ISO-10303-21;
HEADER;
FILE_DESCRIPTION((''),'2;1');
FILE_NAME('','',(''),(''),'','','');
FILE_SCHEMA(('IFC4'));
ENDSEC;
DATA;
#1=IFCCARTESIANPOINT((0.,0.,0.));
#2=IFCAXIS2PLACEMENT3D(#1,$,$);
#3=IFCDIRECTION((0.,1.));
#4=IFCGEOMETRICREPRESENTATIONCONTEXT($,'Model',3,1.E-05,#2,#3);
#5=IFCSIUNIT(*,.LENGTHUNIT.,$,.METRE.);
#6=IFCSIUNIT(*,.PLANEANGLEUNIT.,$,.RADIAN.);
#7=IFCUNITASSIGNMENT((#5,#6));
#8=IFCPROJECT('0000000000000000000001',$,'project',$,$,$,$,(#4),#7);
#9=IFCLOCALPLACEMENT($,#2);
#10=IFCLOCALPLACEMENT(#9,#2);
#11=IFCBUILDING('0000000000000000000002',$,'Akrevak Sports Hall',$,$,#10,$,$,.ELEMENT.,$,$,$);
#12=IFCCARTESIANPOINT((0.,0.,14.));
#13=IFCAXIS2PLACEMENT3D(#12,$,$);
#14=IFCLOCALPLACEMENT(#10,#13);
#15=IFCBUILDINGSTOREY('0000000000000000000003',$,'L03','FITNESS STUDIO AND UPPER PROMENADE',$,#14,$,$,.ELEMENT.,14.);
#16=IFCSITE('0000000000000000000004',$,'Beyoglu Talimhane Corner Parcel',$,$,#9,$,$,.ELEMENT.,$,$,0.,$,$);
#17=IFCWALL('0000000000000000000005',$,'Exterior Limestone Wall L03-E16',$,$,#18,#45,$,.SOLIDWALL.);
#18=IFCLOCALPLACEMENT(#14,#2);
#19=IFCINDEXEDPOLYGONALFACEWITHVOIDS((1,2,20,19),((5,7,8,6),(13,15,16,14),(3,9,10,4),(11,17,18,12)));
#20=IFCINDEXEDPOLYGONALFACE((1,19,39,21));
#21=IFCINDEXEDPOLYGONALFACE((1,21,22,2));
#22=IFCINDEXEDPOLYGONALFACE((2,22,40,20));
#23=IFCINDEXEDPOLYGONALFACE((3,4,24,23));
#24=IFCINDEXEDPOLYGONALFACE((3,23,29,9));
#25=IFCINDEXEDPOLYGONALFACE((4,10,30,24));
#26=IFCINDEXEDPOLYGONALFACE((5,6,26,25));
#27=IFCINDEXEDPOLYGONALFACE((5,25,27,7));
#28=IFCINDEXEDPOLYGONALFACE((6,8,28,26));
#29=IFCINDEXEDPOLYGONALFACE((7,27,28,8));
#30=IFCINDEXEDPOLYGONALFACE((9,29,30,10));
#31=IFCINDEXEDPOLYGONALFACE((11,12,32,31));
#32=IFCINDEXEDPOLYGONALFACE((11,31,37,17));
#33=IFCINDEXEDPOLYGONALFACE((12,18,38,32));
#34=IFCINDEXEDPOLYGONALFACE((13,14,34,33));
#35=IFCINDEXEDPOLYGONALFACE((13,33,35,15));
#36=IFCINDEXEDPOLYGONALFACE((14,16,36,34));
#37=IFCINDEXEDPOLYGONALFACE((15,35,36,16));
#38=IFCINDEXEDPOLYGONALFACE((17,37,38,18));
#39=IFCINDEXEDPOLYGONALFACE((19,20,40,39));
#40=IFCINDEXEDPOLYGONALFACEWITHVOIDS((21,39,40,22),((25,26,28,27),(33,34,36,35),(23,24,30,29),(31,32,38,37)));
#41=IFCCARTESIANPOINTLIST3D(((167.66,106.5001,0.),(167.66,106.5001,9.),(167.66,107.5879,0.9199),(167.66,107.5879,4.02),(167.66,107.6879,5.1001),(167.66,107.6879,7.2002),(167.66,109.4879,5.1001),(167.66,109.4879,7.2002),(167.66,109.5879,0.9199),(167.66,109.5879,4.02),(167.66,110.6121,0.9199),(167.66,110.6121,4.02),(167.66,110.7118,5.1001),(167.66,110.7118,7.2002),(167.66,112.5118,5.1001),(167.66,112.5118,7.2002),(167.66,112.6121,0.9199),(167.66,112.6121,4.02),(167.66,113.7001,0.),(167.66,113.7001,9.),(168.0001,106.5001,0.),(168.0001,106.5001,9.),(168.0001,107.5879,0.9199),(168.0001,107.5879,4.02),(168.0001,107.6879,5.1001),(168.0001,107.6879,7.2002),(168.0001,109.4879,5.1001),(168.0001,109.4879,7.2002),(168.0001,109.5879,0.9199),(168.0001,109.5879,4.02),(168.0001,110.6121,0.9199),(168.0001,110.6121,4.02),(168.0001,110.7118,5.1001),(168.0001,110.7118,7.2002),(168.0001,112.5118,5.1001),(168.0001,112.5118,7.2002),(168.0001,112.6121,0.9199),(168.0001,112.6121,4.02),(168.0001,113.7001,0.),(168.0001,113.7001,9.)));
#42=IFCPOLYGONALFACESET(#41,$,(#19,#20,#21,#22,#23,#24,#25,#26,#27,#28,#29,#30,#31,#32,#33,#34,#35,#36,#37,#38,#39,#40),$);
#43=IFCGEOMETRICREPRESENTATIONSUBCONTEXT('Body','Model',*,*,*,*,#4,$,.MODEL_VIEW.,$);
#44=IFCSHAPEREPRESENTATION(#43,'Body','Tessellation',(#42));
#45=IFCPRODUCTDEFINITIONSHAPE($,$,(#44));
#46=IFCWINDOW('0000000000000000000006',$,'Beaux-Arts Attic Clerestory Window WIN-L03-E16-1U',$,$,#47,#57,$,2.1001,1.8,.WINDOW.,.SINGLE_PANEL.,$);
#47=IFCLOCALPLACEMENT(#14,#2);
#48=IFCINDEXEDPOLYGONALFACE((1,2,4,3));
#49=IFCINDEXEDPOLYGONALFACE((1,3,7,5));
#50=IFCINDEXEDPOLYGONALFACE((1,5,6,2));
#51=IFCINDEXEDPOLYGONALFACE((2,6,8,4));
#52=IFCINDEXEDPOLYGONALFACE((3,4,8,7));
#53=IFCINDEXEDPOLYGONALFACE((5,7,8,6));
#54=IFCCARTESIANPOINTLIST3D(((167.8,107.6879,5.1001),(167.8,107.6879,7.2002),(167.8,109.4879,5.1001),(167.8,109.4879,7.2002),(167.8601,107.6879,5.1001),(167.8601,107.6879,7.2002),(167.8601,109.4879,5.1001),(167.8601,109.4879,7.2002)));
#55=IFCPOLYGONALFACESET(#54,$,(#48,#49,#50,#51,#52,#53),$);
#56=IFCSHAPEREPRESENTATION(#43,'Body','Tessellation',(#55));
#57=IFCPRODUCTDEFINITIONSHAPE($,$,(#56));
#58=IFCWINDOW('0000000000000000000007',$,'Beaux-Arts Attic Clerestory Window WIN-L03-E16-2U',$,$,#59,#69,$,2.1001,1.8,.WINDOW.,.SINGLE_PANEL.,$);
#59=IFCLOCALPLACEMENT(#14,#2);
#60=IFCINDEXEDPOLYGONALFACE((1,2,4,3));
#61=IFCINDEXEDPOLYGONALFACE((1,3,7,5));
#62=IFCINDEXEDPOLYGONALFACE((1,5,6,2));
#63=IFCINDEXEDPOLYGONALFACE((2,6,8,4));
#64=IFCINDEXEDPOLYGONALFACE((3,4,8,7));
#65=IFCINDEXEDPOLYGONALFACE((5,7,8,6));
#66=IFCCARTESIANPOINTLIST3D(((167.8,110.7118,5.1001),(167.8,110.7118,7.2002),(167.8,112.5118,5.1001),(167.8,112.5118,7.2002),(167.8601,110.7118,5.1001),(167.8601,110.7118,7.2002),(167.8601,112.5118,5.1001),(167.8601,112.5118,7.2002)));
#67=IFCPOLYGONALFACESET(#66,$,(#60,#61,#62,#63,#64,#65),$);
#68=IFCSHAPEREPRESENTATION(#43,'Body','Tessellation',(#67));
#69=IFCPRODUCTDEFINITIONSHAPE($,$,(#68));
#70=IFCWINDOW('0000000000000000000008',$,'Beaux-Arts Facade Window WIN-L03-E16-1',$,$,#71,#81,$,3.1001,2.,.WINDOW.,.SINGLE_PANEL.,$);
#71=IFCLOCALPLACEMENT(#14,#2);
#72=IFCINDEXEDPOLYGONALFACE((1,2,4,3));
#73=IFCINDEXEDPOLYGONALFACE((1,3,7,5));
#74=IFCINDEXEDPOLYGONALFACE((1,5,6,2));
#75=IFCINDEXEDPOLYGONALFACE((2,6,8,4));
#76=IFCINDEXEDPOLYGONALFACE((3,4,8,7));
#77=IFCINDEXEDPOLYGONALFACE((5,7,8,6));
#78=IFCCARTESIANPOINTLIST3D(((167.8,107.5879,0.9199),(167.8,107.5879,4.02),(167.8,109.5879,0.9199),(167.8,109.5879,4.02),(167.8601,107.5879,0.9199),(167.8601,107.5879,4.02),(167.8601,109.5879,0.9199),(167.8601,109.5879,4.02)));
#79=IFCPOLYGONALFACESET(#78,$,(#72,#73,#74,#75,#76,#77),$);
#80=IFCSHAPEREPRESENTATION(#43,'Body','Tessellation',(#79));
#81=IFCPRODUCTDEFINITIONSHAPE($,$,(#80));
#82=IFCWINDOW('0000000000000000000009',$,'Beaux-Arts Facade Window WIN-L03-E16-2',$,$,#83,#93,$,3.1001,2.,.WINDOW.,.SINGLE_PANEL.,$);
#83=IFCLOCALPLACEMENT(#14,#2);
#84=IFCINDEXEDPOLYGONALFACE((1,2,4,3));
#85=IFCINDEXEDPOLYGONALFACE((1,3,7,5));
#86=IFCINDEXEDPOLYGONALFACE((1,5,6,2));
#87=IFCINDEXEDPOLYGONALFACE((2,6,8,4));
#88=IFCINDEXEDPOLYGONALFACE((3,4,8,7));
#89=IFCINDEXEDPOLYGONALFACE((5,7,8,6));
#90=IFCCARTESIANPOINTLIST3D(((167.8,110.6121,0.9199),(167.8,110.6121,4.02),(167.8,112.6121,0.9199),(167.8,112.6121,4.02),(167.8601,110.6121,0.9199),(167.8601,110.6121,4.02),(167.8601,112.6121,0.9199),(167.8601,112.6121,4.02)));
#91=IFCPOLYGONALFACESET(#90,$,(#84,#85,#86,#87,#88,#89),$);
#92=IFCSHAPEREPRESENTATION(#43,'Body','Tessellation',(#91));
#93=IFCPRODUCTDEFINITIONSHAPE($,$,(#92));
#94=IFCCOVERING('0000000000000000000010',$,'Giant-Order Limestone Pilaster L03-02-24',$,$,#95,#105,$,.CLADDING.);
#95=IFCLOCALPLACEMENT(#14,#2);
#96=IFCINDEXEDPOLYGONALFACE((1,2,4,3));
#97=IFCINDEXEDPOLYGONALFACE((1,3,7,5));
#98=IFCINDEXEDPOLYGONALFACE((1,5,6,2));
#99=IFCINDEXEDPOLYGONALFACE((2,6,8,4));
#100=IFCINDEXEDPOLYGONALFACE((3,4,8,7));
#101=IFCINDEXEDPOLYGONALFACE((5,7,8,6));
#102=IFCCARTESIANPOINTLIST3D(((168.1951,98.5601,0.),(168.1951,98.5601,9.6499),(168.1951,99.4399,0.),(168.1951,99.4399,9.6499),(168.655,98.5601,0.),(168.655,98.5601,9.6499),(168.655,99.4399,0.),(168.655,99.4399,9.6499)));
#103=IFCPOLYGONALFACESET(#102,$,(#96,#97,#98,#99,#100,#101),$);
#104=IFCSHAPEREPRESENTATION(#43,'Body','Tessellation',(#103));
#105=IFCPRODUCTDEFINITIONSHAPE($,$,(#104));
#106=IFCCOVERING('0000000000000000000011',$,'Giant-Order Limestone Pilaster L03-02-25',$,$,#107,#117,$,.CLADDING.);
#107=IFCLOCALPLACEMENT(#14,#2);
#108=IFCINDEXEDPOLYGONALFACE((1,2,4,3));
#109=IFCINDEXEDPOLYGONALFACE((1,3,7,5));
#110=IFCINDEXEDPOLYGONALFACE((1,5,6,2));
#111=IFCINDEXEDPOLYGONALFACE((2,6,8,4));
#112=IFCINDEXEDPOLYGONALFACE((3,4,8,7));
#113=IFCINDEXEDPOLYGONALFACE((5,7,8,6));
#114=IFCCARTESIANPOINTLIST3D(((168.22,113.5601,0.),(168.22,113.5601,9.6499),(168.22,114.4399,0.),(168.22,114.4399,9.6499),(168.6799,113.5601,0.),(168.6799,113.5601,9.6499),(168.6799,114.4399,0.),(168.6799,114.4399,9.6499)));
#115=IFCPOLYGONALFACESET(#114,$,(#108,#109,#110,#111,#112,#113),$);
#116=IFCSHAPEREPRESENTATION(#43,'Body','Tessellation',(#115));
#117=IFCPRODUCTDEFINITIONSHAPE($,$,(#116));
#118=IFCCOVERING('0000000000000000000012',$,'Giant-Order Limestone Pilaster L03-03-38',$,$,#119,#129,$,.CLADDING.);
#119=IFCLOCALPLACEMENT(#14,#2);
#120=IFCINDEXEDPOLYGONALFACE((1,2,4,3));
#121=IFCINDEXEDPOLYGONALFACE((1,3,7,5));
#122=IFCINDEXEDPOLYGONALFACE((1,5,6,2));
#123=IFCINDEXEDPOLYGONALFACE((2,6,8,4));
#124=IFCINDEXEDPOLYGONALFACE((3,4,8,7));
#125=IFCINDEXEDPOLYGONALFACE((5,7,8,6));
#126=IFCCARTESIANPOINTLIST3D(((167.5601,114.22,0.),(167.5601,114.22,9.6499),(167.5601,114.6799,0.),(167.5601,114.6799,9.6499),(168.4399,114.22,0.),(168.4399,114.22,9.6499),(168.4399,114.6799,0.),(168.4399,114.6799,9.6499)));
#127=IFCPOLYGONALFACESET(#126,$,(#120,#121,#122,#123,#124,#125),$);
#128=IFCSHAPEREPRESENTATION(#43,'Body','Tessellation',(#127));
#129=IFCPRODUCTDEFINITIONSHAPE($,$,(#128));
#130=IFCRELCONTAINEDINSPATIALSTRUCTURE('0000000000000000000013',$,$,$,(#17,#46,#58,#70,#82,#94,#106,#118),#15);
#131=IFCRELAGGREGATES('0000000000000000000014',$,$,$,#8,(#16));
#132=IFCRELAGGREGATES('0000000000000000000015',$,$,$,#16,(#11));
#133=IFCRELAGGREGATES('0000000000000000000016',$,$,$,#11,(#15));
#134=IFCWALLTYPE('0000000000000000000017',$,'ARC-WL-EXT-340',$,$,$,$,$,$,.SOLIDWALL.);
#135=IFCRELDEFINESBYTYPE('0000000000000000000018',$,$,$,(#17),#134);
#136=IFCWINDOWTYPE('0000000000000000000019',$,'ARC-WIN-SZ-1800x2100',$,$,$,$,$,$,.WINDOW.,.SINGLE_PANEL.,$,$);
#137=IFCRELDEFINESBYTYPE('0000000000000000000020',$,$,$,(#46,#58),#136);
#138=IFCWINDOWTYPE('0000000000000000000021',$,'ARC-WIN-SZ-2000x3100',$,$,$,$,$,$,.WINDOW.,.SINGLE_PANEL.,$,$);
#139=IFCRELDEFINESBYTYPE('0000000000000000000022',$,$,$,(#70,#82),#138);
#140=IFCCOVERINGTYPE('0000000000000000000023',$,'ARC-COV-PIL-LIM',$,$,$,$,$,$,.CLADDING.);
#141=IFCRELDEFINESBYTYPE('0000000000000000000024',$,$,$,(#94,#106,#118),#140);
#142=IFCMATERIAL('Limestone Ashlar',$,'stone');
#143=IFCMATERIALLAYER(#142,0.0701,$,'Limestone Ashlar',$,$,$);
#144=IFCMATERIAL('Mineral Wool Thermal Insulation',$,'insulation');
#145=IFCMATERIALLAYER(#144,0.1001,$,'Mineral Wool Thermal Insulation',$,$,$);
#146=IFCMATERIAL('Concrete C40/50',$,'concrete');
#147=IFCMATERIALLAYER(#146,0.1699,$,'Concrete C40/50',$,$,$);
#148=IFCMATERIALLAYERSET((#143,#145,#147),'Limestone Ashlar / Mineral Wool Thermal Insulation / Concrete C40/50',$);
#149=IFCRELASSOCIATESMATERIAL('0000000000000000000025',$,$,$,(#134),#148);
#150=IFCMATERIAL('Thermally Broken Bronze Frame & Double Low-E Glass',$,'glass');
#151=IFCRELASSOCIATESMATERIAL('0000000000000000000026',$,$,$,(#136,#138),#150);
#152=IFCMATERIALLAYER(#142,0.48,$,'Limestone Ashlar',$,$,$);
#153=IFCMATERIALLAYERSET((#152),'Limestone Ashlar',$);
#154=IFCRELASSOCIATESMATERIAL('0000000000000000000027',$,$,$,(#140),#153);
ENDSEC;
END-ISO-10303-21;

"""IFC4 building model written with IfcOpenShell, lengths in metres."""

from ifc_helpers import new_model, si_unit, direction, frame, frame_2d, origin, origin_2d, place, context, subcontext, project, spatial, rectangle, extrude, material, layer, layer_set, type_object, element, fill, save


model = new_model("IFC4")

# Units and contexts
model_context = context("Model", 3, precision=1e-05, world=origin(), true_north=direction((0.0, 1.0)))
body_context = subcontext(model_context, "Body", "Model", "MODEL_VIEW")
ifc_project = project(units=[si_unit("LENGTHUNIT", "METRE"), si_unit("PLANEANGLEUNIT", "RADIAN")], contexts=[model_context])

# Site, building, storey
site_placement = place(None, origin())
site = spatial("IfcSite", under=ifc_project, at=site_placement, Name="Beyoglu Talimhane Corner Parcel", CompositionType="ELEMENT", RefElevation=0.0)
building_placement = place(site_placement, origin())
building = spatial("IfcBuilding", under=site, at=building_placement, Name="Akrevak Sports Hall", CompositionType="ELEMENT")
storey_placement = place(building_placement, frame((0.0, 0.0, 14.0)))
storey = spatial("IfcBuildingStorey", under=building, at=storey_placement, Name="L03", Description="FITNESS STUDIO AND UPPER PROMENADE", CompositionType="ELEMENT", Elevation=14.0)

# Shared definitions
ifc_material_1 = material(Name="Concrete C40/50", Category="concrete")

# Wall, openings, windows
ifc_material_2 = material(Name="Limestone Ashlar", Category="stone")
ifc_layer_1 = layer(ifc_material_2, 0.0701, Name="Limestone Ashlar")
ifc_material_3 = material(Name="Mineral Wool Thermal Insulation", Category="insulation")
ifc_layer_2 = layer(ifc_material_3, 0.1001, Name="Mineral Wool Thermal Insulation")
ifc_layer_3 = layer(ifc_material_1, 0.1699, Name="Concrete C40/50")
ifc_layer_set_1 = layer_set([ifc_layer_1, ifc_layer_2, ifc_layer_3], Name="Limestone Ashlar / Mineral Wool Thermal Insulation / Concrete C40/50")
wall_type = type_object("IfcWallType", Name="ARC-WL-EXT-340", PredefinedType="SOLIDWALL", material=ifc_layer_set_1)
ifc_material_4 = material(Name="Thermally Broken Bronze Frame & Double Low-E Glass", Category="glass")
window_type_1 = type_object("IfcWindowType", Name="ARC-WIN-SZ-1800x2100", PartitioningType="SINGLE_PANEL", PredefinedType="WINDOW", material=ifc_material_4)
window_type_2 = type_object("IfcWindowType", Name="ARC-WIN-SZ-2000x3100", PartitioningType="SINGLE_PANEL", PredefinedType="WINDOW", material=ifc_material_4)
wall_1_placement = place(storey_placement, frame((167.8301, 106.5, 0.0), z_axis=(0.0, 0.0, 1.0), x_axis=(0.0, 1.0, 0.0)))
wall_1 = element("IfcWall", 1, at=wall_1_placement, inside=storey, type_object=wall_type, Name="Exterior Limestone Wall L03-E16", PredefinedType="SOLIDWALL", context=body_context, shape_type="SweptSolid", body=[
    extrude(rectangle(XDim=7.2, YDim=0.3401, at=frame_2d((3.6001, 0.0))), origin(), (0.0, 0.0, 1.0), 9.0),
])
opening_1_placement = place(wall_1_placement, frame((1.0879, 0.0, 0.9199)))
opening_1 = element("IfcOpeningElement", 2, at=opening_1_placement, cuts=wall_1, PredefinedType="OPENING", context=body_context, shape_type="SweptSolid", body=[
    extrude(rectangle(XDim=2.0, YDim=3.1001, at=frame_2d((1.0, 1.55))), frame((0.0, 0.1821, 0.0), z_axis=(0.0, -1.0, 0.0), x_axis=(1.0, 0.0, 0.0)), (0.0, 0.0, 1.0), 0.364),
])
opening_2_placement = place(wall_1_placement, frame((1.188, 0.0, 5.1001)))
opening_2 = element("IfcOpeningElement", 3, at=opening_2_placement, cuts=wall_1, PredefinedType="OPENING", context=body_context, shape_type="SweptSolid", body=[
    extrude(rectangle(XDim=1.8, YDim=2.1001, at=frame_2d((0.8999, 1.05))), frame((0.0, 0.1821, 0.0), z_axis=(0.0, -1.0, 0.0), x_axis=(1.0, 0.0, 0.0)), (0.0, 0.0, 1.0), 0.364),
])
opening_3_placement = place(wall_1_placement, frame((4.1121, 0.0, 0.9199)))
opening_3 = element("IfcOpeningElement", 4, at=opening_3_placement, cuts=wall_1, PredefinedType="OPENING", context=body_context, shape_type="SweptSolid", body=[
    extrude(rectangle(XDim=2.0, YDim=3.1001, at=frame_2d((1.0, 1.55))), frame((0.0, 0.1821, 0.0), z_axis=(0.0, -1.0, 0.0), x_axis=(1.0, 0.0, 0.0)), (0.0, 0.0, 1.0), 0.364),
])
opening_4_placement = place(wall_1_placement, frame((4.2119, 0.0, 5.1001)))
opening_4 = element("IfcOpeningElement", 5, at=opening_4_placement, cuts=wall_1, PredefinedType="OPENING", context=body_context, shape_type="SweptSolid", body=[
    extrude(rectangle(XDim=1.8, YDim=2.1001, at=frame_2d((0.8999, 1.05))), frame((0.0, 0.1821, 0.0), z_axis=(0.0, -1.0, 0.0), x_axis=(1.0, 0.0, 0.0)), (0.0, 0.0, 1.0), 0.364),
])
window_1_placement = place(opening_2_placement, origin())
window_1 = element("IfcWindow", 6, at=window_1_placement, inside=storey, type_object=window_type_1, Name="Beaux-Arts Attic Clerestory Window WIN-L03-E16-1U", OverallHeight=2.1001, OverallWidth=1.8, PartitioningType="SINGLE_PANEL", PredefinedType="WINDOW", context=body_context, shape_type="SweptSolid", body=[
    extrude(rectangle(XDim=1.8, YDim=2.1001, at=frame_2d((0.8999, 1.05))), frame((0.0, 0.03, 0.0), z_axis=(0.0, -1.0, 0.0), x_axis=(1.0, 0.0, 0.0)), (0.0, 0.0, 1.0), 0.0601),
])
fill(opening_2, window_1)
window_2_placement = place(opening_4_placement, origin())
window_2 = element("IfcWindow", 7, at=window_2_placement, inside=storey, type_object=window_type_1, Name="Beaux-Arts Attic Clerestory Window WIN-L03-E16-2U", OverallHeight=2.1001, OverallWidth=1.8, PartitioningType="SINGLE_PANEL", PredefinedType="WINDOW", context=body_context, shape_type="SweptSolid", body=[
    extrude(rectangle(XDim=1.8, YDim=2.1001, at=frame_2d((0.8999, 1.05))), frame((0.0, 0.03, 0.0), z_axis=(0.0, -1.0, 0.0), x_axis=(1.0, 0.0, 0.0)), (0.0, 0.0, 1.0), 0.0601),
])
fill(opening_4, window_2)
window_3_placement = place(opening_1_placement, origin())
window_3 = element("IfcWindow", 8, at=window_3_placement, inside=storey, type_object=window_type_2, Name="Beaux-Arts Facade Window WIN-L03-E16-1", OverallHeight=3.1001, OverallWidth=2.0, PartitioningType="SINGLE_PANEL", PredefinedType="WINDOW", context=body_context, shape_type="SweptSolid", body=[
    extrude(rectangle(XDim=2.0, YDim=3.1001, at=frame_2d((1.0, 1.55))), frame((0.0, 0.03, 0.0), z_axis=(0.0, -1.0, 0.0), x_axis=(1.0, 0.0, 0.0)), (0.0, 0.0, 1.0), 0.0601),
])
fill(opening_1, window_3)
window_4_placement = place(opening_3_placement, origin())
window_4 = element("IfcWindow", 9, at=window_4_placement, inside=storey, type_object=window_type_2, Name="Beaux-Arts Facade Window WIN-L03-E16-2", OverallHeight=3.1001, OverallWidth=2.0, PartitioningType="SINGLE_PANEL", PredefinedType="WINDOW", context=body_context, shape_type="SweptSolid", body=[
    extrude(rectangle(XDim=2.0, YDim=3.1001, at=frame_2d((1.0, 1.55))), frame((0.0, 0.03, 0.0), z_axis=(0.0, -1.0, 0.0), x_axis=(1.0, 0.0, 0.0)), (0.0, 0.0, 1.0), 0.0601),
])
fill(opening_3, window_4)

# Coverings
ifc_layer_4 = layer(ifc_material_2, 0.48, Name="Limestone Ashlar")
ifc_layer_set_2 = layer_set([ifc_layer_4], Name="Limestone Ashlar")
covering_type = type_object("IfcCoveringType", Name="ARC-COV-PIL-LIM", PredefinedType="CLADDING", material=ifc_layer_set_2)
for number, where, z_axis, x_axis, name in (
    (10, (168.425, 99.0, 0.0), (0.0, 0.0, 1.0), (0.0, 1.0, 0.0), "Giant-Order Limestone Pilaster L03-02-24"),
    (11, (168.45, 114.0, 0.0), (0.0, 0.0, 1.0), (0.0, 1.0, 0.0), "Giant-Order Limestone Pilaster L03-02-25"),
    (12, (168.0, 114.45, 0.0), (0.0, 0.0, 1.0), (-1.0, 0.0, 0.0), "Giant-Order Limestone Pilaster L03-03-38"),
):
    element("IfcCovering", number, at=place(storey_placement, frame(where, z_axis=z_axis, x_axis=x_axis)), inside=storey, type_object=covering_type, Name=name, PredefinedType="CLADDING", context=body_context, shape_type="SweptSolid", body=[
        extrude(rectangle(XDim=0.8799, YDim=0.46, at=origin_2d()), origin(), (0.0, 0.0, 1.0), 9.6499),
    ])

save(model, "model.ifc")
